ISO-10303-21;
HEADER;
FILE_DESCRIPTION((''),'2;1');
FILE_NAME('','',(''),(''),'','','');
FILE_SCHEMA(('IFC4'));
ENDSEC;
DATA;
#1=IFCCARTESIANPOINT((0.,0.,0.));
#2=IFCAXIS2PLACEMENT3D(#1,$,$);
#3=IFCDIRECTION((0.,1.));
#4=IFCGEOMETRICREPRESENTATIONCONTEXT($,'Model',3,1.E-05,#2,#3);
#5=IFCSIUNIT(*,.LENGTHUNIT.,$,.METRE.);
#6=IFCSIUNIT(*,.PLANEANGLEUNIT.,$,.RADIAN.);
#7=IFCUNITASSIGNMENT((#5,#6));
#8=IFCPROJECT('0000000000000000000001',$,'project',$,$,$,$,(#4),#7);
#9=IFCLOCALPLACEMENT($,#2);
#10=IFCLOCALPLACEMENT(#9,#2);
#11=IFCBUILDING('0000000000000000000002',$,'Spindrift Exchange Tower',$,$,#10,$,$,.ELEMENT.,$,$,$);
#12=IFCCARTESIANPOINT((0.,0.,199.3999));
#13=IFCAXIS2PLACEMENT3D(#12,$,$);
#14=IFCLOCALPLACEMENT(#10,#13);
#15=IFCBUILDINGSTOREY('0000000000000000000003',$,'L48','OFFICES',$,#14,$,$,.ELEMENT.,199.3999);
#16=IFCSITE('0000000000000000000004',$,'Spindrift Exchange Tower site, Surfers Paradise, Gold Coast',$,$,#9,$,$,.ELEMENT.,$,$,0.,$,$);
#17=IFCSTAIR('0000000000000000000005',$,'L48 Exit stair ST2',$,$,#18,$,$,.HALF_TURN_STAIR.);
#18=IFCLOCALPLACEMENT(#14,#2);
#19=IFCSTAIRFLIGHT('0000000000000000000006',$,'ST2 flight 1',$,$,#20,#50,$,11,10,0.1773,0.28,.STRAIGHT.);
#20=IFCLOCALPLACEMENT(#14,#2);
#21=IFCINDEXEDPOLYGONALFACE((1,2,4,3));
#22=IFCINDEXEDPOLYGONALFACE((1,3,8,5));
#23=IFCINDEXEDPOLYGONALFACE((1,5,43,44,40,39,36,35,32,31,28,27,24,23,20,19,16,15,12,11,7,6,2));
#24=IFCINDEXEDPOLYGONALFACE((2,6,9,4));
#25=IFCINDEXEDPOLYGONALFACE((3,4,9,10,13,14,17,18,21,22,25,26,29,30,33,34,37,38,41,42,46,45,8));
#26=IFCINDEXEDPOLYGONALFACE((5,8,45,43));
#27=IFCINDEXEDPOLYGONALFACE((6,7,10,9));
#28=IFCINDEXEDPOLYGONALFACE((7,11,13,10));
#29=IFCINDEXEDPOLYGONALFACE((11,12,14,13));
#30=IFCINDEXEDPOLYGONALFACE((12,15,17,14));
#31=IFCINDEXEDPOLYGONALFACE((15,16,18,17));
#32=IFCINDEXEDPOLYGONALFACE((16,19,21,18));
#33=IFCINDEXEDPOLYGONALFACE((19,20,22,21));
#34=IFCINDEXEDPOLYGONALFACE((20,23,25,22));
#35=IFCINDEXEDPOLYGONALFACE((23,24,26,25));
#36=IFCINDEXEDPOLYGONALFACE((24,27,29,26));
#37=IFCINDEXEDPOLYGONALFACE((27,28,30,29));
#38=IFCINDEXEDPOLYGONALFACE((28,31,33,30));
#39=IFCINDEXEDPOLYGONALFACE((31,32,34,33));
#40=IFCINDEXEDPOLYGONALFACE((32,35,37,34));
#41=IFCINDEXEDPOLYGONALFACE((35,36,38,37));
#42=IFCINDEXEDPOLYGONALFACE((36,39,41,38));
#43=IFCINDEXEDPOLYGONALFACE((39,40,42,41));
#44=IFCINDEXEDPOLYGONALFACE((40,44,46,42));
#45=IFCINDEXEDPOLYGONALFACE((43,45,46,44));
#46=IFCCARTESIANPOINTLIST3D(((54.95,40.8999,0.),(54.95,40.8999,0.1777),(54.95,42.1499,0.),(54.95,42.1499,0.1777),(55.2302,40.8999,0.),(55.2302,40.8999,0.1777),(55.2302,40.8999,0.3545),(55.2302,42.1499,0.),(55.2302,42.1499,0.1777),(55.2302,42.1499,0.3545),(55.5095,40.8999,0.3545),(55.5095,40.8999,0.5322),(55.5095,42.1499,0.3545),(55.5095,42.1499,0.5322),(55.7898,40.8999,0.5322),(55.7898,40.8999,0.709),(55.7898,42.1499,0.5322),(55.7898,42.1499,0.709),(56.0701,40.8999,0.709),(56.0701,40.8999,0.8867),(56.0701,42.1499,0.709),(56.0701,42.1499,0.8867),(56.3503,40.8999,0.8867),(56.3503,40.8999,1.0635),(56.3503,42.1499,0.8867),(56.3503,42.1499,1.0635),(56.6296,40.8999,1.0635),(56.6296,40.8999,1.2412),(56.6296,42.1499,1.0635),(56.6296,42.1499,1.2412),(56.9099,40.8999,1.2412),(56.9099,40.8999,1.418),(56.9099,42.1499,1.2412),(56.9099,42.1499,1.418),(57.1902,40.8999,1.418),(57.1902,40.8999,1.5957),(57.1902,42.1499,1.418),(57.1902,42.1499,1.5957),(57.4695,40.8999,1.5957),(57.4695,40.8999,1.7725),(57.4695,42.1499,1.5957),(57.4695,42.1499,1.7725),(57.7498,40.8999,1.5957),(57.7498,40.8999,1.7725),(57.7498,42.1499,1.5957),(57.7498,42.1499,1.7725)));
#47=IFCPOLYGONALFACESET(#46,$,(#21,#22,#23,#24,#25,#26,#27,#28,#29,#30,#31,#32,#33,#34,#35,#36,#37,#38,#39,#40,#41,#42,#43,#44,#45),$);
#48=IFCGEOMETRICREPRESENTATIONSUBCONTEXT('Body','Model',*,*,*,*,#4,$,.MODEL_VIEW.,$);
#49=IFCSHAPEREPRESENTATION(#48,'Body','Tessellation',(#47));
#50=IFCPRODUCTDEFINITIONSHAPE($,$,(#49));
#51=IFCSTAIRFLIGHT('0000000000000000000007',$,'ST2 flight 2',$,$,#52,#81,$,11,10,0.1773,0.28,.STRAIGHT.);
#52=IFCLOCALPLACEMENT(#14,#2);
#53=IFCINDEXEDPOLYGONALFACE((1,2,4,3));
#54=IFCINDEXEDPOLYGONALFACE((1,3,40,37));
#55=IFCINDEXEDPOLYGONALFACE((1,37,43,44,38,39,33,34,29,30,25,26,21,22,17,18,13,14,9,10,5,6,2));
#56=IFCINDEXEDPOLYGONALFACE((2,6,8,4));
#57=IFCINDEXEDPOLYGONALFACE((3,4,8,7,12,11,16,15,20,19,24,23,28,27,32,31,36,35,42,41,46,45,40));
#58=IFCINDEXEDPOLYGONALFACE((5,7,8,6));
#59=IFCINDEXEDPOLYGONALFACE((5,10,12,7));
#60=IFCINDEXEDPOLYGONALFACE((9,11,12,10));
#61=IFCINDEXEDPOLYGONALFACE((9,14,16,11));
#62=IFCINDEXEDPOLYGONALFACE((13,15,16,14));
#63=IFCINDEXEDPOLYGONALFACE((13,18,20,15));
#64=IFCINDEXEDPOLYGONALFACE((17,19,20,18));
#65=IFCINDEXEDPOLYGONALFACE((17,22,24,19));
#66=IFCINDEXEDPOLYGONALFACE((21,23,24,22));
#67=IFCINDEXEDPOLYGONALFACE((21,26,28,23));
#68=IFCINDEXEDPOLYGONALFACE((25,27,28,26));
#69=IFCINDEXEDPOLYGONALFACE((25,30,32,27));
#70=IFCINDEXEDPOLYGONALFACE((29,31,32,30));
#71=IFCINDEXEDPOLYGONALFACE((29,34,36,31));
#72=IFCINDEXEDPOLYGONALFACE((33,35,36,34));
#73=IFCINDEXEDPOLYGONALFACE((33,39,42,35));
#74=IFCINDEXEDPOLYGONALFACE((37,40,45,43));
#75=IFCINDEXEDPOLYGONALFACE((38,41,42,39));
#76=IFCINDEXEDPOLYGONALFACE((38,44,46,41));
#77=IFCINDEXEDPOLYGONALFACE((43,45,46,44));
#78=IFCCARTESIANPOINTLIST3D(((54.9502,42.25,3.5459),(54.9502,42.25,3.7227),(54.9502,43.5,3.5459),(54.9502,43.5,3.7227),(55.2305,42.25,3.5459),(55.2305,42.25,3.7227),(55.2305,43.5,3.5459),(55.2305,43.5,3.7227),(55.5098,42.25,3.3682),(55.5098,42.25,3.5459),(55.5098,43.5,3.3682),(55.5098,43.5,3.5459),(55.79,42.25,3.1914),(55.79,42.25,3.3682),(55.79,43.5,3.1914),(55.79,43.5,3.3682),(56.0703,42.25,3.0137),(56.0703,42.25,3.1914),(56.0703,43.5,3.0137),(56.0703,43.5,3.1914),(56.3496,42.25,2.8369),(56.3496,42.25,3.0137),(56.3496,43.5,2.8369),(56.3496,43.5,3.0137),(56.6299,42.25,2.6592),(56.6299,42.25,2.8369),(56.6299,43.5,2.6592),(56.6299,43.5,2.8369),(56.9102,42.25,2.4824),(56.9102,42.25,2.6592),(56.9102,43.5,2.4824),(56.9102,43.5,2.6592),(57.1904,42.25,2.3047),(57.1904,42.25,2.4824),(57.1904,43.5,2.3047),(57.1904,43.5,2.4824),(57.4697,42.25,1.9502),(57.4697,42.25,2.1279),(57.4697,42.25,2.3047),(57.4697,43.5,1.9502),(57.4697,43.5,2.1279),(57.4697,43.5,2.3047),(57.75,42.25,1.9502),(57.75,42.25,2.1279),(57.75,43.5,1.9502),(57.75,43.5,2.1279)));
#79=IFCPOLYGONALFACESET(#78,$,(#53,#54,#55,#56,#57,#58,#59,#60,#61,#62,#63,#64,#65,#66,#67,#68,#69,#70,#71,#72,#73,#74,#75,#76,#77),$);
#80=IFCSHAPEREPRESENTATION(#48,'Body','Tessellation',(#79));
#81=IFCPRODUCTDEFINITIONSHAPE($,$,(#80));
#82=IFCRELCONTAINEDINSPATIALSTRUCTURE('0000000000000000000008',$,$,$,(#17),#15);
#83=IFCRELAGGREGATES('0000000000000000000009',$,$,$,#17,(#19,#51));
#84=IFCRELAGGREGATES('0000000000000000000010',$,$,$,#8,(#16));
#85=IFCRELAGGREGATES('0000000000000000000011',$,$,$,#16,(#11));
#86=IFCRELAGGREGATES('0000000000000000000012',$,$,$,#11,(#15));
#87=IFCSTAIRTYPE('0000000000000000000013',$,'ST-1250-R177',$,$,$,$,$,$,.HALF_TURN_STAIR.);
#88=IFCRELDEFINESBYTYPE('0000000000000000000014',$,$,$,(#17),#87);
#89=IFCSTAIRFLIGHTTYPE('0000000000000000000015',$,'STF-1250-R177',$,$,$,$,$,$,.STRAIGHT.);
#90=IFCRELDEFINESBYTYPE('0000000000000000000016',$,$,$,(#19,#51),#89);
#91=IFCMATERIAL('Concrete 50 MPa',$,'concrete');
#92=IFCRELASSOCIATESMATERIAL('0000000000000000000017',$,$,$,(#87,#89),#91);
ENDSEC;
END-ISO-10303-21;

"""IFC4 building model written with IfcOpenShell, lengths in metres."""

from ifc_helpers import new_model, si_unit, direction, frame, origin, place, context, subcontext, project, spatial, line, indexed_curve, outline, extrude, material, type_object, element, aggregate, save


model = new_model("IFC4")

# Units and contexts
model_context = context("Model", 3, precision=1e-05, world=origin(), true_north=direction((0.0, 1.0)))
body_context = subcontext(model_context, "Body", "Model", "MODEL_VIEW")
ifc_project = project(units=[si_unit("LENGTHUNIT", "METRE"), si_unit("PLANEANGLEUNIT", "RADIAN")], contexts=[model_context])

# Site, building, storey
site_placement = place(None, origin())
site = spatial("IfcSite", under=ifc_project, at=site_placement, Name="Spindrift Exchange Tower site, Surfers Paradise, Gold Coast", CompositionType="ELEMENT", RefElevation=0.0)
building_placement = place(site_placement, origin())
building = spatial("IfcBuilding", under=site, at=building_placement, Name="Spindrift Exchange Tower", CompositionType="ELEMENT")
storey_placement = place(building_placement, frame((0.0, 0.0, 199.3999)))
storey = spatial("IfcBuildingStorey", under=building, at=storey_placement, Name="L48", Description="OFFICES", CompositionType="ELEMENT", Elevation=199.3999)

# Stair, stair flights
ifc_material_1 = material(Name="Concrete 50 MPa", Category="concrete")
stair_type = type_object("IfcStairType", Name="ST-1250-R177", PredefinedType="HALF_TURN_STAIR", material=ifc_material_1)
stair_placement = place(storey_placement, origin())
stair = element("IfcStair", 1, at=stair_placement, inside=storey, type_object=stair_type, Name="L48 Exit stair ST2", PredefinedType="HALF_TURN_STAIR")
stair_flight_type = type_object("IfcStairFlightType", Name="STF-1250-R177", PredefinedType="STRAIGHT", material=ifc_material_1)
stair_flight_1_placement = place(storey_placement, frame((54.95, 41.5249, 0.0), z_axis=(0.0, 0.0, 1.0), x_axis=(1.0, 0.0, 0.0)))
stair_flight_1 = element("IfcStairFlight", 2, at=stair_flight_1_placement, type_object=stair_flight_type, Name="ST2 flight 1", NumberOfRisers=11, NumberOfTreads=10, PredefinedType="STRAIGHT", RiserHeight=0.1773, TreadLength=0.28, context=body_context, shape_type="SweptSolid", body=[
    extrude(outline(indexed_curve([(0.0, 0.0), (0.0, 0.1777), (0.2803, 0.1777), (0.2803, 0.3545), (0.5596, 0.3545), (0.5596, 0.5322), (0.8398, 0.5322), (0.8398, 0.709), (1.1201, 0.709), (1.1201, 0.8867), (1.4004, 0.8867), (1.4004, 1.0635), (1.6797, 1.0635), (1.6797, 1.2412), (1.96, 1.2412), (1.96, 1.418), (2.2402, 1.418), (2.2402, 1.5957), (2.5195, 1.5957), (2.5195, 1.7725), (2.7998, 1.7725), (2.7998, 1.9502), (2.7998, 1.5957), (0.2803, 0.0)], segments=[line(1, 2, 3, 4, 5, 6, 7, 8, 9, 10, 11, 12, 13, 14, 15, 16, 17, 18, 19, 20, 21, 22, 23, 24, 1)], self_intersect=False)), frame((0.0, 0.625, 0.0), z_axis=(0.0, -1.0, 0.0), x_axis=(1.0, 0.0, 0.0)), (0.0, 0.0, 1.0), 1.25),
])
stair_flight_2_placement = place(storey_placement, frame((57.75, 42.875, 1.9502), z_axis=(0.0, 0.0, 1.0), x_axis=(-1.0, 0.0, 0.0)))
stair_flight_2 = element("IfcStairFlight", 3, at=stair_flight_2_placement, type_object=stair_flight_type, Name="ST2 flight 2", NumberOfRisers=11, NumberOfTreads=10, PredefinedType="STRAIGHT", RiserHeight=0.1773, TreadLength=0.28, context=body_context, shape_type="SweptSolid", body=[
    extrude(outline(indexed_curve([(0.0, 0.0), (0.0, 0.1777), (0.2803, 0.1777), (0.2803, 0.3545), (0.5596, 0.3545), (0.5596, 0.5322), (0.8398, 0.5322), (0.8398, 0.709), (1.1201, 0.709), (1.1201, 0.8867), (1.4004, 0.8867), (1.4004, 1.0635), (1.6797, 1.0635), (1.6797, 1.2412), (1.96, 1.2412), (1.96, 1.418), (2.2402, 1.418), (2.2402, 1.5957), (2.5195, 1.5957), (2.5195, 1.7725), (2.7998, 1.7725), (2.7998, 1.9502), (2.7998, 1.5957), (0.2803, 0.0)], segments=[line(1, 2, 3, 4, 5, 6, 7, 8, 9, 10, 11, 12, 13, 14, 15, 16, 17, 18, 19, 20, 21, 22, 23, 24, 1)], self_intersect=False)), frame((0.0, 0.625, 0.0), z_axis=(0.0, -1.0, 0.0), x_axis=(1.0, 0.0, 0.0)), (0.0, 0.0, 1.0), 1.25),
])
aggregate(stair, [stair_flight_1, stair_flight_2])

save(model, "model.ifc")
